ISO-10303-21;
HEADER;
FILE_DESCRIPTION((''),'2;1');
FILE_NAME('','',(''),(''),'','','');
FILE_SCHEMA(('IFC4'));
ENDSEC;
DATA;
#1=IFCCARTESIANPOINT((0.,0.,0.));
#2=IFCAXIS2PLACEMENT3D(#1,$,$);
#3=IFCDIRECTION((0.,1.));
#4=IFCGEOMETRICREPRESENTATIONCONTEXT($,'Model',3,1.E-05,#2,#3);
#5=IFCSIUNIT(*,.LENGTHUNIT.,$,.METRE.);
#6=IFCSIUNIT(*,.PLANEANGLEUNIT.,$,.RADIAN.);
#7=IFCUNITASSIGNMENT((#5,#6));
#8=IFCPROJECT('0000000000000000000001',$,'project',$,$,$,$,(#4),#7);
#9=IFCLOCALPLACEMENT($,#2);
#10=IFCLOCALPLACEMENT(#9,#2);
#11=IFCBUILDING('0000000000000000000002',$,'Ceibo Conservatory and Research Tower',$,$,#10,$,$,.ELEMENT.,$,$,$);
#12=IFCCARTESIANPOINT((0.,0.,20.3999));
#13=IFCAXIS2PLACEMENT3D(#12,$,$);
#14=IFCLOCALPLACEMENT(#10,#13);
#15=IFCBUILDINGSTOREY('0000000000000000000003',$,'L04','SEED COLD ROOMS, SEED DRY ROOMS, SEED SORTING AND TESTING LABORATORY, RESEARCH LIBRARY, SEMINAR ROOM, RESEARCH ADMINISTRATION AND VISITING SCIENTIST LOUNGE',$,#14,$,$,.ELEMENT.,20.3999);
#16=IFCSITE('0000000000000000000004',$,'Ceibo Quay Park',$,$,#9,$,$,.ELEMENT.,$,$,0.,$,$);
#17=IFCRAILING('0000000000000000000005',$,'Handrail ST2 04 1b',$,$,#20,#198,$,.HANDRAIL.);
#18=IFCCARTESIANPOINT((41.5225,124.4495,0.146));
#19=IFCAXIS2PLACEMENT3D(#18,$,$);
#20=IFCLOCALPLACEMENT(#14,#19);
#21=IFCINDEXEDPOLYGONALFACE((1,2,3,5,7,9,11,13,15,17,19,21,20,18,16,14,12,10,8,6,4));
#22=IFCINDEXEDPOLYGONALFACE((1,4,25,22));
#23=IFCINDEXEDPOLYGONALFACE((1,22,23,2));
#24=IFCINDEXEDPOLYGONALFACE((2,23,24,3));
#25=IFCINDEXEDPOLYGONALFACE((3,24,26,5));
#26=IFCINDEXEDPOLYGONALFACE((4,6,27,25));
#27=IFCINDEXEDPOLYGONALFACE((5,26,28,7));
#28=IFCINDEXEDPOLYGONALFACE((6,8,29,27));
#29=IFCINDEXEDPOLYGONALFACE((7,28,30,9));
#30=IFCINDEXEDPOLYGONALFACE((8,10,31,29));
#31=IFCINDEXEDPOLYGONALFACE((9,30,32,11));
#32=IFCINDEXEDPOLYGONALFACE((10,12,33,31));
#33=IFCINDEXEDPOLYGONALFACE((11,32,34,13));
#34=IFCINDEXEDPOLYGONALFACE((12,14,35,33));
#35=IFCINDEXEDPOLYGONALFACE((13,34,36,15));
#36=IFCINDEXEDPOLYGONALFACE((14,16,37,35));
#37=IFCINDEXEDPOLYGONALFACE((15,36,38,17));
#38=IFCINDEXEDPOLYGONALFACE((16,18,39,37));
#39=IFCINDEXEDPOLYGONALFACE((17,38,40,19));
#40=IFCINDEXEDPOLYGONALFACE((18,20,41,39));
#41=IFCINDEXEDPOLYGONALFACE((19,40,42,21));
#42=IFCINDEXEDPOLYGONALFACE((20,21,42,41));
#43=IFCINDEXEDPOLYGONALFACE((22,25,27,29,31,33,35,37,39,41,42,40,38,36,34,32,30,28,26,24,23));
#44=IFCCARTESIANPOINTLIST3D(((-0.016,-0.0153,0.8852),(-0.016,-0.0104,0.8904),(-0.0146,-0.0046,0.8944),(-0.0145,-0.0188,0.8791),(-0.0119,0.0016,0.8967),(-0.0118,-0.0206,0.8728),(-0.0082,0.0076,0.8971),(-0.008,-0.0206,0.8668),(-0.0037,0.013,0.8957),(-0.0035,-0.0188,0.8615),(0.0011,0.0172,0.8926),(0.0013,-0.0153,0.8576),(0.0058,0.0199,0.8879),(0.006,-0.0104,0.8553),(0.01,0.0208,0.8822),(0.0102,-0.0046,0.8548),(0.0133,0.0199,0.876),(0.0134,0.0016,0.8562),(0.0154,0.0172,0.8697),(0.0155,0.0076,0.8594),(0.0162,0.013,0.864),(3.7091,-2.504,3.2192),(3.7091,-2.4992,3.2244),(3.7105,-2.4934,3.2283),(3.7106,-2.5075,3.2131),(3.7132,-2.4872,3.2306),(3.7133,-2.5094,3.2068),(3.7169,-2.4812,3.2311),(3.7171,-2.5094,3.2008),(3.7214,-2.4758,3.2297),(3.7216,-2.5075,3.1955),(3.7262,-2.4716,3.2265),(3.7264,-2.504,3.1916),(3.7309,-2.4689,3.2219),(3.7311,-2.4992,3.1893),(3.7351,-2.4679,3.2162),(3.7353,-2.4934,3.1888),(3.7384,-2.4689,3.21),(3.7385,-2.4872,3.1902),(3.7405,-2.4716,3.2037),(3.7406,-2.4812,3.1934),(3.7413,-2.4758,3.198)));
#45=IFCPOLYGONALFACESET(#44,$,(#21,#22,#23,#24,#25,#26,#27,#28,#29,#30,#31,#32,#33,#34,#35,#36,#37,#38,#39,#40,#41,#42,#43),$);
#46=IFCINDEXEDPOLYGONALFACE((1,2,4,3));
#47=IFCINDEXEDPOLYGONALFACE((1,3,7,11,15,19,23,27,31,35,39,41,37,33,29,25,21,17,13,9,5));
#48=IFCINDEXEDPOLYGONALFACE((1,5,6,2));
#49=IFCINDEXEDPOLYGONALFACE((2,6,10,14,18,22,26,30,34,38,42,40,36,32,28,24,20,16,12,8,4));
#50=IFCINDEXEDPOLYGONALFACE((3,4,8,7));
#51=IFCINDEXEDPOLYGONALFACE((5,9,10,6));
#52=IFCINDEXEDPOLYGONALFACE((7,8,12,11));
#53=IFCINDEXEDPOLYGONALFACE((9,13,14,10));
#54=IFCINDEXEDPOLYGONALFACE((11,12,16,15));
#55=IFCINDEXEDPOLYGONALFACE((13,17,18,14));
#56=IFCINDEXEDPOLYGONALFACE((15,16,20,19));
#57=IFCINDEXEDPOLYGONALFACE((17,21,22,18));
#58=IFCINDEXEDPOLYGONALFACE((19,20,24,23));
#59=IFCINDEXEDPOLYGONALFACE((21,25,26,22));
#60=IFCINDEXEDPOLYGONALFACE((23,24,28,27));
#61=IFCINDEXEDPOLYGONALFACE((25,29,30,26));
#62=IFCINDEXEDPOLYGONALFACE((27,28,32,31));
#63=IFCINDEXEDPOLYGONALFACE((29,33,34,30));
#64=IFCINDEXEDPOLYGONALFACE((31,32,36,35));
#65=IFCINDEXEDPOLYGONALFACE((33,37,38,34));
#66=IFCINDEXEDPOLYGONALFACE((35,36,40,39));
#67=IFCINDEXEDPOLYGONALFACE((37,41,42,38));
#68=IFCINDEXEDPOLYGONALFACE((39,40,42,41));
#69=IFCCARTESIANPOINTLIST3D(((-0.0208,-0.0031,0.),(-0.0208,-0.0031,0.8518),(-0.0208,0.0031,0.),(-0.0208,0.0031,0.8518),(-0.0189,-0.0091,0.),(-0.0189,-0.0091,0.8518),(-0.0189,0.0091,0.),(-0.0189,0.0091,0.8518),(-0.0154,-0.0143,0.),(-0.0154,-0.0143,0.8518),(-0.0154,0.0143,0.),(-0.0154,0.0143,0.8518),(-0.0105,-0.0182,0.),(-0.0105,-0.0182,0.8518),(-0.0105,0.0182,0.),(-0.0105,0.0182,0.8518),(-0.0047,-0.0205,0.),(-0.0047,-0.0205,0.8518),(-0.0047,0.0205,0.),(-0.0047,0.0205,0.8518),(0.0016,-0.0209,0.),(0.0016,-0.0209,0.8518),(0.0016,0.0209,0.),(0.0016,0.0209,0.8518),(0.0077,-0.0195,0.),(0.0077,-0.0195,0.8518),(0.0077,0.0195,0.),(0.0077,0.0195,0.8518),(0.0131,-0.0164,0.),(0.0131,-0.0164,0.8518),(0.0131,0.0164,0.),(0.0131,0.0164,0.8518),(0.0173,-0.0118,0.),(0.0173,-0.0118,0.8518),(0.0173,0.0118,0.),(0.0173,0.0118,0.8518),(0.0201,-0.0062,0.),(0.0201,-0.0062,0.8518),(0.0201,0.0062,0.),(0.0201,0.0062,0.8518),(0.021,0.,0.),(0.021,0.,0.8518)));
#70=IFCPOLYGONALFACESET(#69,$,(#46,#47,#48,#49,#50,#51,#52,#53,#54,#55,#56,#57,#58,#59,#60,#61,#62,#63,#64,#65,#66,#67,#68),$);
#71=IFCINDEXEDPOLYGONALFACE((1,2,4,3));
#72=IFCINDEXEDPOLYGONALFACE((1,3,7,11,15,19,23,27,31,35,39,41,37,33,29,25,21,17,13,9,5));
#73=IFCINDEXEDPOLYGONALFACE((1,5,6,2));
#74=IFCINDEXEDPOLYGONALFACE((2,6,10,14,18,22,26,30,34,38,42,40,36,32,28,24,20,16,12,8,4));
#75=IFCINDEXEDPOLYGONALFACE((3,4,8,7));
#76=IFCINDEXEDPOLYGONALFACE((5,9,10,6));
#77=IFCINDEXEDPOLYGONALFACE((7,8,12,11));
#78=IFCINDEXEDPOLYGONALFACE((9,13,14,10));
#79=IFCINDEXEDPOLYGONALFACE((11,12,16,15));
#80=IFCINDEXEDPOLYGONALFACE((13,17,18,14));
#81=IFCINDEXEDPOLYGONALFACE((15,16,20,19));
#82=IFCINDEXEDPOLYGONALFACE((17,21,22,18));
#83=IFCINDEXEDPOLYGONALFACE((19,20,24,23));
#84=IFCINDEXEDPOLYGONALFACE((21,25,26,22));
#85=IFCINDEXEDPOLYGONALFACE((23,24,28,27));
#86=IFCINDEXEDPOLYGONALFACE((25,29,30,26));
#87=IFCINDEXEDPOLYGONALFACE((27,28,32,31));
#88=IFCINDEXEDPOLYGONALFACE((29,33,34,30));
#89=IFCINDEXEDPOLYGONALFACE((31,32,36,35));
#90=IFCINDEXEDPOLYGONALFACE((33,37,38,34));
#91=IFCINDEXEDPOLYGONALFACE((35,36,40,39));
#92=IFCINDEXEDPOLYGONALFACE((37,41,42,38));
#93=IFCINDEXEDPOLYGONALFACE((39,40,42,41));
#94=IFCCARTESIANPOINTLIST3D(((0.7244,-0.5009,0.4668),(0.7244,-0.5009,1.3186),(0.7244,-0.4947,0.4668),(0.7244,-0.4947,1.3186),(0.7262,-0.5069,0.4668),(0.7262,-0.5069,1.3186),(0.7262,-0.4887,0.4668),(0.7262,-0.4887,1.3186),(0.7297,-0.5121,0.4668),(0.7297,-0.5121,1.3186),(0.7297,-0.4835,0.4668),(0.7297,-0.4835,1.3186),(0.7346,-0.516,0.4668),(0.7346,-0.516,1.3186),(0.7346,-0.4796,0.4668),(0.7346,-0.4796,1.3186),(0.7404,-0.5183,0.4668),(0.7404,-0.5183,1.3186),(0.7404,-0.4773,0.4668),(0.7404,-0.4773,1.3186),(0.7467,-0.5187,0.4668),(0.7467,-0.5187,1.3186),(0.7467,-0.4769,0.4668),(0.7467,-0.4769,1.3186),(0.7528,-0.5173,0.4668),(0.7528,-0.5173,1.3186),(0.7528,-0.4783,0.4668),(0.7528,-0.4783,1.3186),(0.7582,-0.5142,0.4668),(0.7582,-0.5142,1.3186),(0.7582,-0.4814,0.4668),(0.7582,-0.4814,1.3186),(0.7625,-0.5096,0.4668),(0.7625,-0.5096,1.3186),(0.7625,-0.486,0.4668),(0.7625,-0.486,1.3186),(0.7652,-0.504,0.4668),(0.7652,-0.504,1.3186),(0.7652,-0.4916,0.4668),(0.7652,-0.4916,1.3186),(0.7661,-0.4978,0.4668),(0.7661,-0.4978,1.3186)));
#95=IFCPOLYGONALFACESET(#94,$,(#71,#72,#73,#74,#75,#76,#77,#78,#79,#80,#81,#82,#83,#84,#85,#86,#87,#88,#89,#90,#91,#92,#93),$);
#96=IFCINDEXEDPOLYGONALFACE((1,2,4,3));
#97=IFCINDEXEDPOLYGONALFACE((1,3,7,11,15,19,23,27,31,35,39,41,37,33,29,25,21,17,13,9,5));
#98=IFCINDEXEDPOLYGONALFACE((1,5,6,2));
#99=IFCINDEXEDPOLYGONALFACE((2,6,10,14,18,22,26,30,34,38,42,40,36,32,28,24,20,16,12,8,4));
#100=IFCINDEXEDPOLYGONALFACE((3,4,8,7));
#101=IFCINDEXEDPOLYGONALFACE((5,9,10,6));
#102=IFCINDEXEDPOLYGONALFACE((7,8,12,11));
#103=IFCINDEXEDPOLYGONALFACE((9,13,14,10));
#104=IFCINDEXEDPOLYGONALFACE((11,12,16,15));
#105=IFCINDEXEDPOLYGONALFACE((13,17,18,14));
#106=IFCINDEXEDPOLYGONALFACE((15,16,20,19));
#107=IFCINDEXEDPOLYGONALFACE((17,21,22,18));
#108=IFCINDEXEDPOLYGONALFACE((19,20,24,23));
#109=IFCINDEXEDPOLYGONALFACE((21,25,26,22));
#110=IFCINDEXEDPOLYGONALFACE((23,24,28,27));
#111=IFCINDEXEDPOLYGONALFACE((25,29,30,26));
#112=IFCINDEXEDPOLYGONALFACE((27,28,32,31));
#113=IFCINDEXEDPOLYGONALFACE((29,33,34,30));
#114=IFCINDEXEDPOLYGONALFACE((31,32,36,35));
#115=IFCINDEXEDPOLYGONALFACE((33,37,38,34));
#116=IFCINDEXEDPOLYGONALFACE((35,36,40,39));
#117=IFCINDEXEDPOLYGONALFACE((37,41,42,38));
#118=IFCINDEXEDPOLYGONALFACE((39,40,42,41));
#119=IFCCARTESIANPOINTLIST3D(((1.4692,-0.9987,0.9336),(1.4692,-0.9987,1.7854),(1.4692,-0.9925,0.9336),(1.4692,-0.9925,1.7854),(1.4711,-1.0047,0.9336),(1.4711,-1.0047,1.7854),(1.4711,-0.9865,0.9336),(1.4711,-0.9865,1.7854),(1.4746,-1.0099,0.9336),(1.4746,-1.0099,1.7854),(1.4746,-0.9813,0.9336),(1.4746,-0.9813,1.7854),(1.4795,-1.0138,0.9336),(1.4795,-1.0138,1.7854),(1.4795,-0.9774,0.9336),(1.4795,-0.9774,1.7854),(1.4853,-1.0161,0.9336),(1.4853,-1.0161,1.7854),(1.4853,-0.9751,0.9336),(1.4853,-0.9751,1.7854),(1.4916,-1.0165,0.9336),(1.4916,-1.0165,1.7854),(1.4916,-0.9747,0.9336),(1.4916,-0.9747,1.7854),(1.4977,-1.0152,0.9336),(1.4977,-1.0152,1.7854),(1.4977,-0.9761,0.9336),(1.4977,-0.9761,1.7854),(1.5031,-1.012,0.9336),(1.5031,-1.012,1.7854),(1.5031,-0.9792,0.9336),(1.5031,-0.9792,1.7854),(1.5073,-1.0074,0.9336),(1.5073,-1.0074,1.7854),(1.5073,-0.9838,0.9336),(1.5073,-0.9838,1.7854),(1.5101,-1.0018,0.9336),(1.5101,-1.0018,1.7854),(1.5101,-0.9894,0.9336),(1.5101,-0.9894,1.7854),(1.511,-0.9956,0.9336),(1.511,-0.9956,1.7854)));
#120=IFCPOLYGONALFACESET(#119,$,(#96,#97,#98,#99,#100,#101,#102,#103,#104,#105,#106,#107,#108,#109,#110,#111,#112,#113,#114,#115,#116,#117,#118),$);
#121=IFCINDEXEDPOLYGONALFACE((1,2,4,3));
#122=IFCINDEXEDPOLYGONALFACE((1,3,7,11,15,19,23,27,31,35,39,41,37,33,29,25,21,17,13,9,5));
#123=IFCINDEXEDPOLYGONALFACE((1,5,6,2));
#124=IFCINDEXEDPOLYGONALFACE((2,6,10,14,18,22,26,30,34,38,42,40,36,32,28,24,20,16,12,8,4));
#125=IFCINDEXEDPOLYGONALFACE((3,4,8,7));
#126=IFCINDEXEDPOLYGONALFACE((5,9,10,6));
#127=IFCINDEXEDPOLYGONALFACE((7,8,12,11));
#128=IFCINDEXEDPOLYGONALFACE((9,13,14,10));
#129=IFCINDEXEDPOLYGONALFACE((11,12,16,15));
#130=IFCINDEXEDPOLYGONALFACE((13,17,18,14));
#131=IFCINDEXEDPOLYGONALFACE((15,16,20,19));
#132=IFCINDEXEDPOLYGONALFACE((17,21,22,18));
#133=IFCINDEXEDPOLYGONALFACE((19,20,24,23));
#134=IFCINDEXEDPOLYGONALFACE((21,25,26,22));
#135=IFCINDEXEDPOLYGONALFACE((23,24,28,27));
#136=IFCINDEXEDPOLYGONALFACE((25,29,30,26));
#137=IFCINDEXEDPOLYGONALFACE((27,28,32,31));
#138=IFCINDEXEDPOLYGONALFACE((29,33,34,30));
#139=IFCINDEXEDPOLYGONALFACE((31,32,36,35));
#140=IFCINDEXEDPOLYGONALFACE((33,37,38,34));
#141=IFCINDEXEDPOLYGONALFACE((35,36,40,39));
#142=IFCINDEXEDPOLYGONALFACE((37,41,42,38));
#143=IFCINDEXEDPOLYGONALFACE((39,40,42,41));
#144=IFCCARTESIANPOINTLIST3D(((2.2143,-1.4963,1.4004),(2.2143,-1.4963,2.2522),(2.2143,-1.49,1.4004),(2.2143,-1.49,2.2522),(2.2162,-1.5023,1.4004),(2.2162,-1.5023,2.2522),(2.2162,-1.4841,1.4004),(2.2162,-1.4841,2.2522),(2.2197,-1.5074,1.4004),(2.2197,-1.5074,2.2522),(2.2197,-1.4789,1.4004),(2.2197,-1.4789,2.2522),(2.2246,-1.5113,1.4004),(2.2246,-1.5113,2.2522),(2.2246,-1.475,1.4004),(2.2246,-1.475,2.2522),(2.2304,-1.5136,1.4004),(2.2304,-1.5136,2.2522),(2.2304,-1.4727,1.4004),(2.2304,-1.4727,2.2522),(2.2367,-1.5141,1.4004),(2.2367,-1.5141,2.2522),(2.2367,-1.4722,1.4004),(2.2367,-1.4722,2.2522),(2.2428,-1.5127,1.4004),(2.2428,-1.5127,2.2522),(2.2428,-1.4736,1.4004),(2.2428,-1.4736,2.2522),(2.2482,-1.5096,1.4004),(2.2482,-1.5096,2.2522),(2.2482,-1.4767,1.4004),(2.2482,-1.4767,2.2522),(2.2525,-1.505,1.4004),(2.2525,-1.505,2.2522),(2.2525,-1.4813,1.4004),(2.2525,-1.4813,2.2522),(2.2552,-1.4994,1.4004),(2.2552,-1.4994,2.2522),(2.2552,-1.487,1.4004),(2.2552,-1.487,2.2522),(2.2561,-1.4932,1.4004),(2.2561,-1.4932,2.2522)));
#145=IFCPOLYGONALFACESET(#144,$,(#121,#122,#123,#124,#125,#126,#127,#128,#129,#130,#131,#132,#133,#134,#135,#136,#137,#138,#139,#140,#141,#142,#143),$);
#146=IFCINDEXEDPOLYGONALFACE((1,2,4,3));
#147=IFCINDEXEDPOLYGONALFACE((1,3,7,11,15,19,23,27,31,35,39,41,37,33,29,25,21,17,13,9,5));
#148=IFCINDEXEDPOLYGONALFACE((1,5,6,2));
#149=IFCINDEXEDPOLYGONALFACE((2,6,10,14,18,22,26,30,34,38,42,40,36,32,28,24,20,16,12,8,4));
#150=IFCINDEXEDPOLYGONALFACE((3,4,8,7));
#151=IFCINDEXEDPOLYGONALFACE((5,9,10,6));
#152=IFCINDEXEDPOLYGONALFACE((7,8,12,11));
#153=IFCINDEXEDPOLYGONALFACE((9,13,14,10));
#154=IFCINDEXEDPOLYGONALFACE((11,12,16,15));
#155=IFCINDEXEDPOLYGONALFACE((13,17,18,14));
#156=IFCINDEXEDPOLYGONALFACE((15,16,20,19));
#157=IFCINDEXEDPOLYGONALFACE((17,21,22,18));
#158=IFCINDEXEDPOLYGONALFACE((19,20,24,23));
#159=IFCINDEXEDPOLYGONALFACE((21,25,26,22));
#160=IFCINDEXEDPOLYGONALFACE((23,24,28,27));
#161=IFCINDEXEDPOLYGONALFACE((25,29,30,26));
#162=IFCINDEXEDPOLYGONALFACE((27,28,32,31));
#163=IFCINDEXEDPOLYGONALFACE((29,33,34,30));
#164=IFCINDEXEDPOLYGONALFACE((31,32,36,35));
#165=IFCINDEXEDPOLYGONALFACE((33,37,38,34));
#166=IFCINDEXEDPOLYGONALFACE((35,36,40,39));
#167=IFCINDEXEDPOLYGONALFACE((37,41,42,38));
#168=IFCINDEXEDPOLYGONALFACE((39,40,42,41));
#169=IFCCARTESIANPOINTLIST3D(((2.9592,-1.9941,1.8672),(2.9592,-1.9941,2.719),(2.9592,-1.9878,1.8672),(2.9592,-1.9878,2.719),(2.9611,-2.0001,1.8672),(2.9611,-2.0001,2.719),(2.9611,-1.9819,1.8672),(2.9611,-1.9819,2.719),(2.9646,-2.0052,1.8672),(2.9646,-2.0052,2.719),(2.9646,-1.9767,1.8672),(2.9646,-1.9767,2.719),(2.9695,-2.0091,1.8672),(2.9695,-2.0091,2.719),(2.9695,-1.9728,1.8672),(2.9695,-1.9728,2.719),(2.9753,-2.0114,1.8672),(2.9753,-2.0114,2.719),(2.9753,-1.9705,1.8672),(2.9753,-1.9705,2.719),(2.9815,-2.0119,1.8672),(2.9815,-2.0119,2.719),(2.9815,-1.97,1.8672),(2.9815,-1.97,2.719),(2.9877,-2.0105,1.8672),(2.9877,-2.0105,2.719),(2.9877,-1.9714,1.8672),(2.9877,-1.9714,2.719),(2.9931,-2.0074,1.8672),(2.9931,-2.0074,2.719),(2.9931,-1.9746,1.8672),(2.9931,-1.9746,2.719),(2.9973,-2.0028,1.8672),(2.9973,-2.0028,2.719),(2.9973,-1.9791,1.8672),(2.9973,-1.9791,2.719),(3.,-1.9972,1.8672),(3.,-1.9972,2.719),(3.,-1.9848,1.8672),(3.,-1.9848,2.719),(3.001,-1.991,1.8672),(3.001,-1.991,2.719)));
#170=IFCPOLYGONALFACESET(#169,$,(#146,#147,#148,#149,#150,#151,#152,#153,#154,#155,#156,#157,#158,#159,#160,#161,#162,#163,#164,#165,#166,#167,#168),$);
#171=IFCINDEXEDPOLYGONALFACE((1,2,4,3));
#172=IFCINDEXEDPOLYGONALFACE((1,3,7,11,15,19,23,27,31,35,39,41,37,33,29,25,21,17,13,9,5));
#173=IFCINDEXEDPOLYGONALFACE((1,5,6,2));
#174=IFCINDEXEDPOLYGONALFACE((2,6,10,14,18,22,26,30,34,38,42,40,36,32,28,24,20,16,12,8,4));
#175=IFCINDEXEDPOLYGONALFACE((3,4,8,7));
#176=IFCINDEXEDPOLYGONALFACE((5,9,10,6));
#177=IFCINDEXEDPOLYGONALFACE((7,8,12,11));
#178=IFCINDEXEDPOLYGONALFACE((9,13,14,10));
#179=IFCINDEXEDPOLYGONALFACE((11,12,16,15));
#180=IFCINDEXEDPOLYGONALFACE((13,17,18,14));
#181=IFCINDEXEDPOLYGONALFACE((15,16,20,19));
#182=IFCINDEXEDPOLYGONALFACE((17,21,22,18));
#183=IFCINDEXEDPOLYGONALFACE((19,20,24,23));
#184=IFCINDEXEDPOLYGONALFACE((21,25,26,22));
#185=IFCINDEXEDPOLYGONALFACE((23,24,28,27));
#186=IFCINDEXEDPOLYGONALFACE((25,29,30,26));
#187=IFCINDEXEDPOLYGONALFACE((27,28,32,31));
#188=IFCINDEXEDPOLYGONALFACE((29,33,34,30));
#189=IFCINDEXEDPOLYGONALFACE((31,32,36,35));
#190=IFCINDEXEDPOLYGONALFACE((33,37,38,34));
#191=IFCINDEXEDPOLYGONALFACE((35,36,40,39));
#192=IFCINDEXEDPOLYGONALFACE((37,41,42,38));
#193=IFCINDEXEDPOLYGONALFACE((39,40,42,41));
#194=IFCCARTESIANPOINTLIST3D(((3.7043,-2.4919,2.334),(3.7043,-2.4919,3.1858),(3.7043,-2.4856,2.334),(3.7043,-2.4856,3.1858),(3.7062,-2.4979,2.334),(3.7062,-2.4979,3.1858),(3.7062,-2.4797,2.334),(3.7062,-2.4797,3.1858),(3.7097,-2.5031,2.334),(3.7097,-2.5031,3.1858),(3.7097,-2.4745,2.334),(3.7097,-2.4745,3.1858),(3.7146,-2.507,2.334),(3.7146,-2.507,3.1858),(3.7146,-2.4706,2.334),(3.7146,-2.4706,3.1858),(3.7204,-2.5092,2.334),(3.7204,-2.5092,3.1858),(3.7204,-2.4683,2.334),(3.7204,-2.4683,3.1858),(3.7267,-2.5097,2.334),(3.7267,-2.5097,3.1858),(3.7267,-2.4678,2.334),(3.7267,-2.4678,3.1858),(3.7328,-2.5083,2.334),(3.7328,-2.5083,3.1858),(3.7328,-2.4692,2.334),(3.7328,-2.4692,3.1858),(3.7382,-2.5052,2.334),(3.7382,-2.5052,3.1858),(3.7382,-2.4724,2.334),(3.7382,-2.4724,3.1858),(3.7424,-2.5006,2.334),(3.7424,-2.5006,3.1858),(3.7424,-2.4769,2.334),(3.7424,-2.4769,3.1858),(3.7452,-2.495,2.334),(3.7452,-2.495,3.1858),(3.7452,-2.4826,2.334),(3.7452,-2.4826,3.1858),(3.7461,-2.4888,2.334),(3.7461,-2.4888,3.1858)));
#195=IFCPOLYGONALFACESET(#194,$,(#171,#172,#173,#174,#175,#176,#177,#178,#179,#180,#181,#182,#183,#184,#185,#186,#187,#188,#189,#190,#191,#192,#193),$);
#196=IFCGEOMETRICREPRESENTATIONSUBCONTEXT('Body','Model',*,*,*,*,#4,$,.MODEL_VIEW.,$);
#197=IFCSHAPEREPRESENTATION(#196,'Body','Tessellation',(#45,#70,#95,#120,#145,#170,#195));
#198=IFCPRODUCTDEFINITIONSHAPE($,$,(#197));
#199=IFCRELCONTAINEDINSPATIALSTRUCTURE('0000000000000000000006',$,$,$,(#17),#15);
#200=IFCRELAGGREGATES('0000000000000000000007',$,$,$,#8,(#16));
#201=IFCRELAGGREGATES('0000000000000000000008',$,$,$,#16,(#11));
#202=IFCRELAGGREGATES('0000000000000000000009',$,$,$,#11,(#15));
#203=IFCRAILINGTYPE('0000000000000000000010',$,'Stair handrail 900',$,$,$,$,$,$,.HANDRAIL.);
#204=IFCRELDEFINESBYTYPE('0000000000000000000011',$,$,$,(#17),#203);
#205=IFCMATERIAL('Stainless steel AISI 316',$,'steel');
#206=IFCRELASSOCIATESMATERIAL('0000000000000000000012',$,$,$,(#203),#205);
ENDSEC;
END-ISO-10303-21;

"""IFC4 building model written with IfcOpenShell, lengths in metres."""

from ifc_helpers import new_model, si_unit, direction, frame, origin, origin_2d, place, context, subcontext, project, spatial, circle, extrude, material, type_object, element, save


model = new_model("IFC4")

# Units and contexts
model_context = context("Model", 3, precision=1e-05, world=origin(), true_north=direction((0.0, 1.0)))
body_context = subcontext(model_context, "Body", "Model", "MODEL_VIEW")
ifc_project = project(units=[si_unit("LENGTHUNIT", "METRE"), si_unit("PLANEANGLEUNIT", "RADIAN")], contexts=[model_context])

# Site, building, storey
site_placement = place(None, origin())
site = spatial("IfcSite", under=ifc_project, at=site_placement, Name="Ceibo Quay Park", CompositionType="ELEMENT", RefElevation=0.0)
building_placement = place(site_placement, origin())
building = spatial("IfcBuilding", under=site, at=building_placement, Name="Ceibo Conservatory and Research Tower", CompositionType="ELEMENT")
storey_placement = place(building_placement, frame((0.0, 0.0, 20.3999)))
storey = spatial("IfcBuildingStorey", under=building, at=storey_placement, Name="L04", Description="SEED COLD ROOMS, SEED DRY ROOMS, SEED SORTING AND TESTING LABORATORY, RESEARCH LIBRARY, SEMINAR ROOM, RESEARCH ADMINISTRATION AND VISITING SCIENTIST LOUNGE", CompositionType="ELEMENT", Elevation=20.3999)

# Railing
ifc_material_1 = material(Name="Stainless steel AISI 316", Category="steel")
railing_type = type_object("IfcRailingType", Name="Stair handrail 900", PredefinedType="HANDRAIL", material=ifc_material_1)
railing_1_placement = place(storey_placement, frame((41.5225, 124.4495, 0.146)))
element("IfcRailing", 1, at=railing_1_placement, inside=storey, type_object=railing_type, Name="Handrail ST2 04 1b", PredefinedType="HANDRAIL", context=body_context, shape_type="SweptSolid", body=[
    extrude(circle(Radius=0.0239, at=origin_2d()), frame((0.0, 0.0, 0.876), z_axis=(0.737422, -0.492678, 0.462036), x_axis=(0.55553, 0.831497, 0.0)), (0.0, 0.0, 1.0), 5.0515),
    extrude(circle(Radius=0.021, at=origin_2d()), origin(), (0.0, 0.0, 1.0), 0.8518),
    extrude(circle(Radius=0.021, at=origin_2d()), frame((0.7451, -0.4978, 0.4668)), (0.0, 0.0, 1.0), 0.8518),
    extrude(circle(Radius=0.021, at=origin_2d()), frame((1.49, -0.9956, 0.9336)), (0.0, 0.0, 1.0), 0.8518),
    extrude(circle(Radius=0.021, at=origin_2d()), frame((2.2351, -1.4932, 1.4004)), (0.0, 0.0, 1.0), 0.8518),
    extrude(circle(Radius=0.021, at=origin_2d()), frame((2.98, -1.991, 1.8672)), (0.0, 0.0, 1.0), 0.8518),
    extrude(circle(Radius=0.021, at=origin_2d()), frame((3.7251, -2.4888, 2.334)), (0.0, 0.0, 1.0), 0.8518),
])

save(model, "model.ifc")
